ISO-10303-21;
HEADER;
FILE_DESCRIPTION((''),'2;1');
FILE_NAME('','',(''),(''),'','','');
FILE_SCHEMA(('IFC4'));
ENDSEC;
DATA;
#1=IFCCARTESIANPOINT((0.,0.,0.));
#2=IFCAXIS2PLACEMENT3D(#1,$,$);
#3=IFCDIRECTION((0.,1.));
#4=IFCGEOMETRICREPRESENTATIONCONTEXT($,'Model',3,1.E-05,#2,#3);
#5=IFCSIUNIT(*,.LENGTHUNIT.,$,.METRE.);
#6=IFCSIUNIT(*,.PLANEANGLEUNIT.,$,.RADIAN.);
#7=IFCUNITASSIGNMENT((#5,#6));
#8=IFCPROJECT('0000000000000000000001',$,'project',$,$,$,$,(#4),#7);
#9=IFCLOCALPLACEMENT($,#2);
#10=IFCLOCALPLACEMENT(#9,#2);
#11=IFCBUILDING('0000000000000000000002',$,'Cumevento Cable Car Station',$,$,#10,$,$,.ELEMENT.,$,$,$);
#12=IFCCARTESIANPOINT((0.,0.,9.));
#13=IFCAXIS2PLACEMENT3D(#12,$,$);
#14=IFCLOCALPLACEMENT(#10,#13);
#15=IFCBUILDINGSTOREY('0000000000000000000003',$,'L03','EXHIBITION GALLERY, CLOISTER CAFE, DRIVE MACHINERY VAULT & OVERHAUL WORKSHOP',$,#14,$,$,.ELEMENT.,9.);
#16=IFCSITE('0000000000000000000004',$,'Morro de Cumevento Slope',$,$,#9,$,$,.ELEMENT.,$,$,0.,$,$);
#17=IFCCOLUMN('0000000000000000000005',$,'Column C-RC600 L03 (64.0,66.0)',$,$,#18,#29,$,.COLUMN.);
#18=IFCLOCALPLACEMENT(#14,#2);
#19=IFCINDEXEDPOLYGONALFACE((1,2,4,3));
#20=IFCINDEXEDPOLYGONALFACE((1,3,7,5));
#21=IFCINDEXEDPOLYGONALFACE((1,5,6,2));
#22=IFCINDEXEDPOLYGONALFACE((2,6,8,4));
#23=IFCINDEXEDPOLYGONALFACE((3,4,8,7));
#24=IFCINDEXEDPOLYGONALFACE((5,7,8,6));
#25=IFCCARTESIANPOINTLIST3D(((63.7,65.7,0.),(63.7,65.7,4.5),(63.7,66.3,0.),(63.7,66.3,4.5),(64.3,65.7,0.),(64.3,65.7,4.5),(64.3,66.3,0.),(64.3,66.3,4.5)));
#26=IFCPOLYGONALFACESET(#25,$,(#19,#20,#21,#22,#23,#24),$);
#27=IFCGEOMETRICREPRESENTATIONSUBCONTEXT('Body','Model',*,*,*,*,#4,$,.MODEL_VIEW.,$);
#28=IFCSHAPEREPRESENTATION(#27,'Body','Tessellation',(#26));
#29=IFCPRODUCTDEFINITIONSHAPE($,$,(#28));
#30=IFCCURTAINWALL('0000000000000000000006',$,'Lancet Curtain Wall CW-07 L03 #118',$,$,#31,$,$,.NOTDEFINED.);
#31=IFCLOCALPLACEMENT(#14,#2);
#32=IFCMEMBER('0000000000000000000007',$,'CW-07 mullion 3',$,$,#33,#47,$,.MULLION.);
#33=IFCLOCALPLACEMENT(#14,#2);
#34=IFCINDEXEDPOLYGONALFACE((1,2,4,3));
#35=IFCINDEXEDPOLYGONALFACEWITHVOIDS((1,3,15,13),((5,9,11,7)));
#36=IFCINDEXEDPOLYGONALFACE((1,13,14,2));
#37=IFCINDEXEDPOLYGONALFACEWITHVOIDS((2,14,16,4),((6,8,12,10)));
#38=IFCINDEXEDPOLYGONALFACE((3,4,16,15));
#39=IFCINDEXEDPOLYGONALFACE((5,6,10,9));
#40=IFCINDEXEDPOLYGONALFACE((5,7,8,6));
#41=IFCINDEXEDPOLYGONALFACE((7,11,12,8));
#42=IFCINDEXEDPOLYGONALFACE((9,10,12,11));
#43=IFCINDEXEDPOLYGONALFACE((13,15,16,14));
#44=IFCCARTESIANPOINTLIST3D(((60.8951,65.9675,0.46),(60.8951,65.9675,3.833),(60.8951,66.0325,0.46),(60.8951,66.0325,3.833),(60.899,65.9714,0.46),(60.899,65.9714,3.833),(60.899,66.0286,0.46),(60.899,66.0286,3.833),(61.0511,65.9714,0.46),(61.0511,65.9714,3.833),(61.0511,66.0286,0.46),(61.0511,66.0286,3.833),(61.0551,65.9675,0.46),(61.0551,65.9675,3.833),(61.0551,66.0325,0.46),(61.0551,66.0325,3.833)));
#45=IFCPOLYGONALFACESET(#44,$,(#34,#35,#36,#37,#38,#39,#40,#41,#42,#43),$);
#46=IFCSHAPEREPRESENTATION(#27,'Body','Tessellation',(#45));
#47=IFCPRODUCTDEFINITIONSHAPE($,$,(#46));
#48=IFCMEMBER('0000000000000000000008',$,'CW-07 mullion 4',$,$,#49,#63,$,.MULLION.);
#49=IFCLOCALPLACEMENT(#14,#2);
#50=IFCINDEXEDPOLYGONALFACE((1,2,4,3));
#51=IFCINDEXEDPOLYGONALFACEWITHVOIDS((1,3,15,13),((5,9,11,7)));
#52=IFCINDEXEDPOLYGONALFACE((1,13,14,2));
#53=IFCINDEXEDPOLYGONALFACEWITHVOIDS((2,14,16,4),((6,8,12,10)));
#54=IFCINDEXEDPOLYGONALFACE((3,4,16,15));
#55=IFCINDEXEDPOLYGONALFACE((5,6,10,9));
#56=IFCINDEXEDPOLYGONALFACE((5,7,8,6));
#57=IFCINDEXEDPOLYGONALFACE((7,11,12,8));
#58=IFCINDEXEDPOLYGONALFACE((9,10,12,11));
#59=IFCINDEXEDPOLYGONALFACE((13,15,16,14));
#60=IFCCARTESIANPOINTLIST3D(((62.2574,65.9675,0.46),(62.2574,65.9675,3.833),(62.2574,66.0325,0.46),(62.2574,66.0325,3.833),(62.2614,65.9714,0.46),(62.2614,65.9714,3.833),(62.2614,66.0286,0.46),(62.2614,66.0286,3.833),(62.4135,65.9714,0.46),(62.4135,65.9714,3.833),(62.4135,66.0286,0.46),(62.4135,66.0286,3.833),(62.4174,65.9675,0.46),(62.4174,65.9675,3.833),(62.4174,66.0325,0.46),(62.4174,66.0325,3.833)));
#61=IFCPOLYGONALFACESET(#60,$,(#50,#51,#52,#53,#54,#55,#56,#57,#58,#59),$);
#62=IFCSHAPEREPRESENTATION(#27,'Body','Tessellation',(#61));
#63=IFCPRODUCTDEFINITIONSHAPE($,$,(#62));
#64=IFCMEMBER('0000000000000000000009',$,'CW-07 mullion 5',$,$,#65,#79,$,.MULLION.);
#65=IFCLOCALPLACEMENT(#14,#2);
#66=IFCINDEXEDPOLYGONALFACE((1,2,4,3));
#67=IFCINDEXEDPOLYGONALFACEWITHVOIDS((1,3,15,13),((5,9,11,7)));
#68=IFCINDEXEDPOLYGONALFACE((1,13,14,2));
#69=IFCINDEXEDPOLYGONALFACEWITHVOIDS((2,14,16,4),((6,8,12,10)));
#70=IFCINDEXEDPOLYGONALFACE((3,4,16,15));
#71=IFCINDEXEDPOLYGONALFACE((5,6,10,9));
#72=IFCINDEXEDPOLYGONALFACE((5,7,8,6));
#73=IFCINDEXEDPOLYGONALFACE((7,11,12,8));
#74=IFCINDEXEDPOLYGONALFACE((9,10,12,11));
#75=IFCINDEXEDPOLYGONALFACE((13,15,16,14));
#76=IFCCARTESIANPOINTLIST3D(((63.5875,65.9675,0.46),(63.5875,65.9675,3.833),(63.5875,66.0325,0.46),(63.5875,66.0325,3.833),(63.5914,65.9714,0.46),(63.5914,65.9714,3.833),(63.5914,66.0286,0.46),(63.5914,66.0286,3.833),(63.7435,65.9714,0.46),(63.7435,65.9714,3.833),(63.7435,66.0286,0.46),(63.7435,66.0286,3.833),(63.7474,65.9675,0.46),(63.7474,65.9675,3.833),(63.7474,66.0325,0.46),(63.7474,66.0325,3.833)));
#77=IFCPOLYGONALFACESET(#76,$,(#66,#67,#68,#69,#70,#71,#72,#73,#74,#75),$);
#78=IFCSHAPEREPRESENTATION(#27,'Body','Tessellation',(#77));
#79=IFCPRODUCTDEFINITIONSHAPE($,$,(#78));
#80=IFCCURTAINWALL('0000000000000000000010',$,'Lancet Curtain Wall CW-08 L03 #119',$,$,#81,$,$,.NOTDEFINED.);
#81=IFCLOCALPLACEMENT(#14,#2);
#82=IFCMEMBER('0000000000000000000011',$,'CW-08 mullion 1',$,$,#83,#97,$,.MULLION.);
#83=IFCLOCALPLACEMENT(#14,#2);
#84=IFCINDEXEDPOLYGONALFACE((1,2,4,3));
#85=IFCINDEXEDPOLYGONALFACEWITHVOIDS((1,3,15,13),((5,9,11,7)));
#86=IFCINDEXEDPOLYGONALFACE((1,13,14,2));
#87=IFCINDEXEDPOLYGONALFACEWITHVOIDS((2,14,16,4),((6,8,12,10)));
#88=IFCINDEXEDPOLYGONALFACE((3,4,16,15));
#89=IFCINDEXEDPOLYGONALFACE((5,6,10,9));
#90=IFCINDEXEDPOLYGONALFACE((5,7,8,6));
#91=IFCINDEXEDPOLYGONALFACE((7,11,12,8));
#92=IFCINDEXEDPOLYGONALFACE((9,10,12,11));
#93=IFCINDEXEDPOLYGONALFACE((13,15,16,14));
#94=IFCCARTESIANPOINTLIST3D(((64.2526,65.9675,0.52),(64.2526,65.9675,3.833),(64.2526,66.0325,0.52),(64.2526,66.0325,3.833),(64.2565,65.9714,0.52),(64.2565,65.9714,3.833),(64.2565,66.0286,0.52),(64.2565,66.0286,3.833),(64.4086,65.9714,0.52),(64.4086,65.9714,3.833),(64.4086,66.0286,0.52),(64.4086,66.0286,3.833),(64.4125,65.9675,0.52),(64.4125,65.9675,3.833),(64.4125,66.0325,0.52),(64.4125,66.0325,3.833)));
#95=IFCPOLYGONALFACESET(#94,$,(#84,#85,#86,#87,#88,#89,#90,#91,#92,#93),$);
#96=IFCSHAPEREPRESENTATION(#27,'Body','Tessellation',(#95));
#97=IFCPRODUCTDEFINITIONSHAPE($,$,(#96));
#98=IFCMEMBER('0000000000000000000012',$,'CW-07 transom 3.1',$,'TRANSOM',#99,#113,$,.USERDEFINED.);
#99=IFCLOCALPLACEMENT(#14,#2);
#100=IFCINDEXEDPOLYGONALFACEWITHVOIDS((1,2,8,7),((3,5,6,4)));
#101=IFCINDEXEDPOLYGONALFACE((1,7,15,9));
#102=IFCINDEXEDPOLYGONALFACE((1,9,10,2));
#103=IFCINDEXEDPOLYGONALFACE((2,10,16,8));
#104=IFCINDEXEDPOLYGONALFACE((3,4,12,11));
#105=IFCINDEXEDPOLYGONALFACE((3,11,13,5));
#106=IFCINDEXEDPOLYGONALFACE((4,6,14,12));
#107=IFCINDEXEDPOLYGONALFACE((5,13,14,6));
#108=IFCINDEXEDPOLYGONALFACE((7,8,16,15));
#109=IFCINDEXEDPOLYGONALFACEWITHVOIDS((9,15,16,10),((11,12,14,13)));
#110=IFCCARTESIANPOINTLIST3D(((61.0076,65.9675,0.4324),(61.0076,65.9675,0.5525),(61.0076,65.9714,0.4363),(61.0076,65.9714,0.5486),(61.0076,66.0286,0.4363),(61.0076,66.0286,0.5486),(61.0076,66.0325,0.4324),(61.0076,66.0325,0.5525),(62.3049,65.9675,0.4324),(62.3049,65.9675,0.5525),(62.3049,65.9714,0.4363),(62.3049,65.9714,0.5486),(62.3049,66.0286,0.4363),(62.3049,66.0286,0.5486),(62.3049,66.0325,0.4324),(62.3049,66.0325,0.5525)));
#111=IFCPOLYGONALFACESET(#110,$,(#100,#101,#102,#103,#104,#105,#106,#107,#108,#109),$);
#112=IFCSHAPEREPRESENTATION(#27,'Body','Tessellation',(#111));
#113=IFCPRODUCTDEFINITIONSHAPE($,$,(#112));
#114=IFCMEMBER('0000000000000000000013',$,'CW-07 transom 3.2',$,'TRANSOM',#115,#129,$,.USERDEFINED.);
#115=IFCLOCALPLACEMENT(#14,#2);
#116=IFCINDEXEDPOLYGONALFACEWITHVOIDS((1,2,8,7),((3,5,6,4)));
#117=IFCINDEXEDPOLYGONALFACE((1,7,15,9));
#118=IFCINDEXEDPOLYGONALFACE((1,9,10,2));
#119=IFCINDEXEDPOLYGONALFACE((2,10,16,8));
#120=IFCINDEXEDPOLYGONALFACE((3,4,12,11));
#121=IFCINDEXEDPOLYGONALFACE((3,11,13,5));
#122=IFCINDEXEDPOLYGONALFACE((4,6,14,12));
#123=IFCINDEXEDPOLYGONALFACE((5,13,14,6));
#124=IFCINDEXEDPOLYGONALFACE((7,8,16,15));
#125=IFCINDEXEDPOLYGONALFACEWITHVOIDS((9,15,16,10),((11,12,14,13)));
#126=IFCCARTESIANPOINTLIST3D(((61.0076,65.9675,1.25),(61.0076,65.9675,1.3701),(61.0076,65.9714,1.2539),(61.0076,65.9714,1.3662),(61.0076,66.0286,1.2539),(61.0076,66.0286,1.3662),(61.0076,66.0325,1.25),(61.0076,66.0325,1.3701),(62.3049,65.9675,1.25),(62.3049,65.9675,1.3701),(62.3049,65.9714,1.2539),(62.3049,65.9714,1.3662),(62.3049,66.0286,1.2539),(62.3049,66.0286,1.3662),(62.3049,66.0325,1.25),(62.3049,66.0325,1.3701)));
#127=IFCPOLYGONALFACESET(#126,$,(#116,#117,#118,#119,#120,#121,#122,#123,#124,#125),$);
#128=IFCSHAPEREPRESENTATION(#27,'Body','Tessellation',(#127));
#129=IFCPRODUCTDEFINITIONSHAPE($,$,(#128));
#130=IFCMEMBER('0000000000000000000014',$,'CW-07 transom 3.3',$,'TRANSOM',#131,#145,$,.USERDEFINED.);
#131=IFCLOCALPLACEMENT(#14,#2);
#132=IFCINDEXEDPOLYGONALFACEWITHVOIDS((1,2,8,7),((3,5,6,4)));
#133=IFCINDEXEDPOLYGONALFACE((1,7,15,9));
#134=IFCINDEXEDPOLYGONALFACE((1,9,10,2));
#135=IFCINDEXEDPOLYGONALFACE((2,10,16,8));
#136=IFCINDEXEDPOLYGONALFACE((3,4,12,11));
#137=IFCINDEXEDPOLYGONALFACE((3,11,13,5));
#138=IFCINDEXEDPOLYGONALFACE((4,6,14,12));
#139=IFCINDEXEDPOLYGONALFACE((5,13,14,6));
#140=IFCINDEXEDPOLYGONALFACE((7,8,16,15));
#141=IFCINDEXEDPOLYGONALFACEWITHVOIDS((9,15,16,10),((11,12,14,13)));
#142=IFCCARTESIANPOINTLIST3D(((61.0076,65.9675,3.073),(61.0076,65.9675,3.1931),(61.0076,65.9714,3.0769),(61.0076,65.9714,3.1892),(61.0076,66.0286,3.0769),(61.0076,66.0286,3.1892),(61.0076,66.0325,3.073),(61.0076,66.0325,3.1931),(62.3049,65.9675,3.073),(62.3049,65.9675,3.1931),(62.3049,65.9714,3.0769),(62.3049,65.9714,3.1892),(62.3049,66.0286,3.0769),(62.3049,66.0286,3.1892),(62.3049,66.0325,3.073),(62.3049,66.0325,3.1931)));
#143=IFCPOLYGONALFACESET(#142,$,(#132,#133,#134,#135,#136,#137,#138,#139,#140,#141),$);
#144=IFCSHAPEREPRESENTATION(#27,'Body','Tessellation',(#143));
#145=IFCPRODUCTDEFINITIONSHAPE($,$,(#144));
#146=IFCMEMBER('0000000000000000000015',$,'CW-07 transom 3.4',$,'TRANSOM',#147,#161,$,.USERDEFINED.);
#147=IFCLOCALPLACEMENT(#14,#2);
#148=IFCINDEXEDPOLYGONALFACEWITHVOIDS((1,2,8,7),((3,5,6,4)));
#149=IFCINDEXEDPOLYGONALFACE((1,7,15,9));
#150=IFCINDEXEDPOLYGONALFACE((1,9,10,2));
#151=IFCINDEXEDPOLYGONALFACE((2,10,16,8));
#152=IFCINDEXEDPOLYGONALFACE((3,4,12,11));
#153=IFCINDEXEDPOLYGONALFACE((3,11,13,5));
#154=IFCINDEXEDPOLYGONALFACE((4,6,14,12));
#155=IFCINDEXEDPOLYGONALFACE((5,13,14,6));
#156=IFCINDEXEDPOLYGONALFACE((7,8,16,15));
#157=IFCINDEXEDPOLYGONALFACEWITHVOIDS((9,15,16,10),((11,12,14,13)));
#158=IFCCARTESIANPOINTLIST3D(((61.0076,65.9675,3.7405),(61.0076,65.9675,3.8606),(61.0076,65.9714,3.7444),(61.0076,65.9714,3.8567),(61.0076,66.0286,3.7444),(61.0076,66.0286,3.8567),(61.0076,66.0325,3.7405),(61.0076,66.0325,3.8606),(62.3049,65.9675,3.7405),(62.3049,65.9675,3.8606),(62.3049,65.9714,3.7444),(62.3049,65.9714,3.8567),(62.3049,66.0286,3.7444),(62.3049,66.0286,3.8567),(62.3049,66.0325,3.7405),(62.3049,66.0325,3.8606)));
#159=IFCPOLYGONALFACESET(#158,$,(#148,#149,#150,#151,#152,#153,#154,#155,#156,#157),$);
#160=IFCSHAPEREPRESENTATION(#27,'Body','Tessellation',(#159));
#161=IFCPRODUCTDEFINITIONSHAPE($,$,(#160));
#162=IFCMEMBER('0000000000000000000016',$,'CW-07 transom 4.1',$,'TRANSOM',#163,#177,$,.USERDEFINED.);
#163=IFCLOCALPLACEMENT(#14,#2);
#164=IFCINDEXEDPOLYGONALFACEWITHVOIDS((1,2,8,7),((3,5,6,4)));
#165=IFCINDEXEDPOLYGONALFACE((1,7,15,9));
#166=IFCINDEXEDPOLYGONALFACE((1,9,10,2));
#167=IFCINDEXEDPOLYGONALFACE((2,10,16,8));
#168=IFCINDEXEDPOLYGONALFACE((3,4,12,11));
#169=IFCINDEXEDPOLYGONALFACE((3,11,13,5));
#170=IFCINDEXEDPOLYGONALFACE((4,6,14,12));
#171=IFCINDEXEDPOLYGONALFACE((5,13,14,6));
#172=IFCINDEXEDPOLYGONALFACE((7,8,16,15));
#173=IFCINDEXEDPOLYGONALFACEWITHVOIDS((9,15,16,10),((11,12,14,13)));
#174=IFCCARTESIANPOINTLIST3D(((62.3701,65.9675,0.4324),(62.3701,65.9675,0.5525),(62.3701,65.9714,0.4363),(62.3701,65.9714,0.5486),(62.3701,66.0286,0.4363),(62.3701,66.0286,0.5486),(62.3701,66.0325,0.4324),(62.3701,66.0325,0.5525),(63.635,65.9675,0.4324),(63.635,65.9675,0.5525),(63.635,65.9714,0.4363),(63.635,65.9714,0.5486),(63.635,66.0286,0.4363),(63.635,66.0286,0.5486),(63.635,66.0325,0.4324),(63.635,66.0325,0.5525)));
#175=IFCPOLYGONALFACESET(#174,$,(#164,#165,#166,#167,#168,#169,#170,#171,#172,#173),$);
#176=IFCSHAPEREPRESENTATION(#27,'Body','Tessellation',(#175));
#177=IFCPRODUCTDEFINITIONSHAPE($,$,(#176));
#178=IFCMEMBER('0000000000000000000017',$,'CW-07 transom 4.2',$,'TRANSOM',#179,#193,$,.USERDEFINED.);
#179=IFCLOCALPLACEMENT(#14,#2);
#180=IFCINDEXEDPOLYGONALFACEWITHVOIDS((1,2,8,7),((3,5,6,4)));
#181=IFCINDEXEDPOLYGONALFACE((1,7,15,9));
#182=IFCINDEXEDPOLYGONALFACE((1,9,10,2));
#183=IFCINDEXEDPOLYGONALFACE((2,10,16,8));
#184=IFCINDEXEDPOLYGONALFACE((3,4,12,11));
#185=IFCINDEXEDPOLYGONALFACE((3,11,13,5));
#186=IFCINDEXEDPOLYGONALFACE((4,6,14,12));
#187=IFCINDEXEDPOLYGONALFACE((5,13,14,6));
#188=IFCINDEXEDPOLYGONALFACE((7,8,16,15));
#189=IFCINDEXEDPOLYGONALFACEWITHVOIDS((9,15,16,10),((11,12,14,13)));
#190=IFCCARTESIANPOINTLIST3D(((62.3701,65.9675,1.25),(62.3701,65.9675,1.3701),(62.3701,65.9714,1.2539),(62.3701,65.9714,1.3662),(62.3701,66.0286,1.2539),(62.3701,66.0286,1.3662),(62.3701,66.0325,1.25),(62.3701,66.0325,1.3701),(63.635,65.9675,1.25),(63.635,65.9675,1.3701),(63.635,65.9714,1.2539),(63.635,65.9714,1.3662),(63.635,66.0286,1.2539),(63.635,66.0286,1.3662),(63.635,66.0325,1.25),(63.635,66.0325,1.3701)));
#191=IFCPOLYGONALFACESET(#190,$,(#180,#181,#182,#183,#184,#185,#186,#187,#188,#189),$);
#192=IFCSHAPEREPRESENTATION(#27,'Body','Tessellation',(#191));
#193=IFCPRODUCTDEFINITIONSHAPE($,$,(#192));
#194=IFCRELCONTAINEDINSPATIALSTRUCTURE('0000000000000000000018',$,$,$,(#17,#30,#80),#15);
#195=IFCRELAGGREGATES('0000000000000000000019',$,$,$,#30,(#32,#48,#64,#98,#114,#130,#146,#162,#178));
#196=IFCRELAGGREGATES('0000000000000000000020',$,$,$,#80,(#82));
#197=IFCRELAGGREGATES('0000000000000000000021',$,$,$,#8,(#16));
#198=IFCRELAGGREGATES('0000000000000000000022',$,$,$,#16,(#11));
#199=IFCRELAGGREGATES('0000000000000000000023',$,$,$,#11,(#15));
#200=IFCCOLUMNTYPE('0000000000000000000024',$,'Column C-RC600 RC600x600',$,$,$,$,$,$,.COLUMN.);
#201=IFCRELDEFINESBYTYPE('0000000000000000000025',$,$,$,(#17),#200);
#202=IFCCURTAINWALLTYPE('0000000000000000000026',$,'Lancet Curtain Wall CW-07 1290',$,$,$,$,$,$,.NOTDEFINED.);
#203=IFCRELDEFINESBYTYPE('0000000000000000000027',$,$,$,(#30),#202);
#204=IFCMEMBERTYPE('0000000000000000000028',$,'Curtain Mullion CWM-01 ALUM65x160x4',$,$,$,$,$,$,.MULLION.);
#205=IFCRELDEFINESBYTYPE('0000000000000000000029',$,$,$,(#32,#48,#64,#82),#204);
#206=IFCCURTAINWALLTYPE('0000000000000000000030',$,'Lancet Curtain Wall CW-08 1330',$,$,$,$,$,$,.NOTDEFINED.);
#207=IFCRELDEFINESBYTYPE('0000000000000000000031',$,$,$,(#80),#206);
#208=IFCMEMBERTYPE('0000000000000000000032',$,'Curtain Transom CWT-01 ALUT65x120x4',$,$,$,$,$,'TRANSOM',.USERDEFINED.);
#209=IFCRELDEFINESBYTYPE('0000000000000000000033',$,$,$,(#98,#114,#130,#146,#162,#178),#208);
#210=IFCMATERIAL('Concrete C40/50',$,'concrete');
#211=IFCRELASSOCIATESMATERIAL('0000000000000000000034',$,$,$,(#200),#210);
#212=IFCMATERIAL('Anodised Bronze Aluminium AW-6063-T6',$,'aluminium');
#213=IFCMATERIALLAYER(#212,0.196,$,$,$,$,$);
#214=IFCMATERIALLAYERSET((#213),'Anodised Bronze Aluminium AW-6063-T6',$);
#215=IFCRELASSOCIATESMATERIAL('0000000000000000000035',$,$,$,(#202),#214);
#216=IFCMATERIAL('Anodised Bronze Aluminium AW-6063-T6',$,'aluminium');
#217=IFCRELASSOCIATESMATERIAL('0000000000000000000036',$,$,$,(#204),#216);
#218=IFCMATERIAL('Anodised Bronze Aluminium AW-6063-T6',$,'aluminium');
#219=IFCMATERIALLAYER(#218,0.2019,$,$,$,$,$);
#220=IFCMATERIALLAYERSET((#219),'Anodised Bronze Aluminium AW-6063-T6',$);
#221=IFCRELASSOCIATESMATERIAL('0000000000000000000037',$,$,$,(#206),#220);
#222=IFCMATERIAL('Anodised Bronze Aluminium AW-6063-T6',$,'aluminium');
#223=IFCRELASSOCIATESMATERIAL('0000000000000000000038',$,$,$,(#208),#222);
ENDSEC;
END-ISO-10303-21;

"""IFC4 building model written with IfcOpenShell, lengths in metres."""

from ifc_helpers import new_model, si_unit, direction, frame, origin, origin_2d, place, context, subcontext, project, spatial, rectangle, hollow_rectangle, extrude, material, layer, layer_set, material_profile, profile_set, type_object, element, aggregate, save


model = new_model("IFC4")

# Units and contexts
model_context = context("Model", 3, precision=1e-05, world=origin(), true_north=direction((0.0, 1.0)))
body_context = subcontext(model_context, "Body", "Model", "MODEL_VIEW")
ifc_project = project(units=[si_unit("LENGTHUNIT", "METRE"), si_unit("PLANEANGLEUNIT", "RADIAN")], contexts=[model_context])

# Site, building, storey
site_placement = place(None, origin())
site = spatial("IfcSite", under=ifc_project, at=site_placement, Name="Morro de Cumevento Slope", CompositionType="ELEMENT", RefElevation=0.0)
building_placement = place(site_placement, origin())
building = spatial("IfcBuilding", under=site, at=building_placement, Name="Cumevento Cable Car Station", CompositionType="ELEMENT")
storey_placement = place(building_placement, frame((0.0, 0.0, 9.0)))
storey = spatial("IfcBuildingStorey", under=building, at=storey_placement, Name="L03", Description="EXHIBITION GALLERY, CLOISTER CAFE, DRIVE MACHINERY VAULT & OVERHAUL WORKSHOP", CompositionType="ELEMENT", Elevation=9.0)

# Column
ifc_material_1 = material(Name="Concrete C40/50", Category="concrete")
ifc_material_profile_1 = material_profile(ifc_material_1, rectangle(XDim=0.6001, YDim=0.6001, at=origin_2d()), Name="RC600x600")
ifc_profile_set_1 = profile_set([ifc_material_profile_1], Name="Concrete C40/50")
column_type = type_object("IfcColumnType", Name="Column C-RC600 RC600x600", PredefinedType="COLUMN", material=ifc_profile_set_1)
column_placement = place(storey_placement, frame((64.0, 66.0, 0.0), z_axis=(0.0, 0.0, 1.0), x_axis=(1.0, 0.0, 0.0)))
element("IfcColumn", 1, at=column_placement, inside=storey, type_object=column_type, Name="Column C-RC600 L03 (64.0,66.0)", PredefinedType="COLUMN", context=body_context, shape_type="SweptSolid", body=[
    extrude(rectangle(XDim=0.6001, YDim=0.6001, at=origin_2d()), origin(), (0.0, 0.0, 1.0), 4.5),
])

# Curtain wall, members
ifc_material_2 = material(Name="Anodised Bronze Aluminium AW-6063-T6", Category="aluminium")
ifc_layer_1 = layer(ifc_material_2, 0.196)
ifc_layer_set_1 = layer_set([ifc_layer_1], Name="Anodised Bronze Aluminium AW-6063-T6")
curtain_wall_type_1 = type_object("IfcCurtainWallType", Name="Lancet Curtain Wall CW-07 1290", PredefinedType="NOTDEFINED", material=ifc_layer_set_1)
curtain_wall_1_placement = place(storey_placement, origin())
curtain_wall_1 = element("IfcCurtainWall", 2, at=curtain_wall_1_placement, inside=storey, type_object=curtain_wall_type_1, Name="Lancet Curtain Wall CW-07 L03 #118", PredefinedType="NOTDEFINED")
ifc_material_3 = material(Name="Anodised Bronze Aluminium AW-6063-T6", Category="aluminium")
ifc_material_profile_2 = material_profile(ifc_material_3, hollow_rectangle(XDim=0.0649, YDim=0.1599, WallThickness=0.0039, at=origin_2d()), Name="ALUM65x160x4")
ifc_profile_set_2 = profile_set([ifc_material_profile_2], Name="Anodised Bronze Aluminium AW-6063-T6")
member_type_1 = type_object("IfcMemberType", Name="Curtain Mullion CWM-01 ALUM65x160x4", PredefinedType="MULLION", material=ifc_profile_set_2)
member_1_placement = place(storey_placement, frame((60.9751, 66.0, 0.46), z_axis=(0.0, 0.0, 1.0), x_axis=(0.0, 1.0, 0.0)))
member_1 = element("IfcMember", 3, at=member_1_placement, type_object=member_type_1, Name="CW-07 mullion 3", PredefinedType="MULLION", context=body_context, shape_type="SweptSolid", body=[
    extrude(hollow_rectangle(XDim=0.0649, YDim=0.1599, WallThickness=0.0039, at=origin_2d()), origin(), (0.0, 0.0, 1.0), 3.373),
])
member_2_placement = place(storey_placement, frame((62.3374, 66.0, 0.46), z_axis=(0.0, 0.0, 1.0), x_axis=(0.0, 1.0, 0.0)))
member_2 = element("IfcMember", 4, at=member_2_placement, type_object=member_type_1, Name="CW-07 mullion 4", PredefinedType="MULLION", context=body_context, shape_type="SweptSolid", body=[
    extrude(hollow_rectangle(XDim=0.0649, YDim=0.1599, WallThickness=0.0039, at=origin_2d()), origin(), (0.0, 0.0, 1.0), 3.373),
])
member_3_placement = place(storey_placement, frame((63.6675, 66.0, 0.46), z_axis=(0.0, 0.0, 1.0), x_axis=(0.0, 1.0, 0.0)))
member_3 = element("IfcMember", 5, at=member_3_placement, type_object=member_type_1, Name="CW-07 mullion 5", PredefinedType="MULLION", context=body_context, shape_type="SweptSolid", body=[
    extrude(hollow_rectangle(XDim=0.0649, YDim=0.1599, WallThickness=0.0039, at=origin_2d()), origin(), (0.0, 0.0, 1.0), 3.373),
])

# Curtain wall, member
ifc_material_4 = material(Name="Anodised Bronze Aluminium AW-6063-T6", Category="aluminium")
ifc_layer_2 = layer(ifc_material_4, 0.2019)
ifc_layer_set_2 = layer_set([ifc_layer_2], Name="Anodised Bronze Aluminium AW-6063-T6")
curtain_wall_type_2 = type_object("IfcCurtainWallType", Name="Lancet Curtain Wall CW-08 1330", PredefinedType="NOTDEFINED", material=ifc_layer_set_2)
curtain_wall_2_placement = place(storey_placement, origin())
curtain_wall_2 = element("IfcCurtainWall", 6, at=curtain_wall_2_placement, inside=storey, type_object=curtain_wall_type_2, Name="Lancet Curtain Wall CW-08 L03 #119", PredefinedType="NOTDEFINED")
member_4_placement = place(storey_placement, frame((64.3325, 66.0, 0.52), z_axis=(0.0, 0.0, 1.0), x_axis=(0.0, 1.0, 0.0)))
member_4 = element("IfcMember", 7, at=member_4_placement, type_object=member_type_1, Name="CW-08 mullion 1", PredefinedType="MULLION", context=body_context, shape_type="SweptSolid", body=[
    extrude(hollow_rectangle(XDim=0.0649, YDim=0.1599, WallThickness=0.0039, at=origin_2d()), origin(), (0.0, 0.0, 1.0), 3.313),
])

# Members
ifc_material_5 = material(Name="Anodised Bronze Aluminium AW-6063-T6", Category="aluminium")
ifc_material_profile_3 = material_profile(ifc_material_5, hollow_rectangle(XDim=0.0649, YDim=0.1201, WallThickness=0.0039, at=origin_2d()), Name="ALUT65x120x4")
ifc_profile_set_3 = profile_set([ifc_material_profile_3], Name="Anodised Bronze Aluminium AW-6063-T6")
member_type_2 = type_object("IfcMemberType", Name="Curtain Transom CWT-01 ALUT65x120x4", ElementType="TRANSOM", PredefinedType="USERDEFINED", material=ifc_profile_set_3)
member_5_placement = place(storey_placement, frame((61.0076, 66.0, 0.4924), z_axis=(1.0, 0.0, 0.0), x_axis=(0.0, 1.0, 0.0)))
member_5 = element("IfcMember", 8, at=member_5_placement, type_object=member_type_2, Name="CW-07 transom 3.1", ObjectType="TRANSOM", PredefinedType="USERDEFINED", context=body_context, shape_type="SweptSolid", body=[
    extrude(hollow_rectangle(XDim=0.0649, YDim=0.1201, WallThickness=0.0039, at=origin_2d()), origin(), (0.0, 0.0, 1.0), 1.2974),
])
member_6_placement = place(storey_placement, frame((61.0076, 66.0, 1.3101), z_axis=(1.0, 0.0, 0.0), x_axis=(0.0, 1.0, 0.0)))
member_6 = element("IfcMember", 9, at=member_6_placement, type_object=member_type_2, Name="CW-07 transom 3.2", ObjectType="TRANSOM", PredefinedType="USERDEFINED", context=body_context, shape_type="SweptSolid", body=[
    extrude(hollow_rectangle(XDim=0.0649, YDim=0.1201, WallThickness=0.0039, at=origin_2d()), origin(), (0.0, 0.0, 1.0), 1.2974),
])
member_7_placement = place(storey_placement, frame((61.0076, 66.0, 3.1331), z_axis=(1.0, 0.0, 0.0), x_axis=(0.0, 1.0, 0.0)))
member_7 = element("IfcMember", 10, at=member_7_placement, type_object=member_type_2, Name="CW-07 transom 3.3", ObjectType="TRANSOM", PredefinedType="USERDEFINED", context=body_context, shape_type="SweptSolid", body=[
    extrude(hollow_rectangle(XDim=0.0649, YDim=0.1201, WallThickness=0.0039, at=origin_2d()), origin(), (0.0, 0.0, 1.0), 1.2974),
])
member_8_placement = place(storey_placement, frame((61.0076, 66.0, 3.8005), z_axis=(1.0, 0.0, 0.0), x_axis=(0.0, 1.0, 0.0)))
member_8 = element("IfcMember", 11, at=member_8_placement, type_object=member_type_2, Name="CW-07 transom 3.4", ObjectType="TRANSOM", PredefinedType="USERDEFINED", context=body_context, shape_type="SweptSolid", body=[
    extrude(hollow_rectangle(XDim=0.0649, YDim=0.1201, WallThickness=0.0039, at=origin_2d()), origin(), (0.0, 0.0, 1.0), 1.2974),
])
member_9_placement = place(storey_placement, frame((62.3701, 66.0, 0.4924), z_axis=(1.0, 0.0, 0.0), x_axis=(0.0, 1.0, 0.0)))
member_9 = element("IfcMember", 12, at=member_9_placement, type_object=member_type_2, Name="CW-07 transom 4.1", ObjectType="TRANSOM", PredefinedType="USERDEFINED", context=body_context, shape_type="SweptSolid", body=[
    extrude(hollow_rectangle(XDim=0.0649, YDim=0.1201, WallThickness=0.0039, at=origin_2d()), origin(), (0.0, 0.0, 1.0), 1.2649),
])
member_10_placement = place(storey_placement, frame((62.3701, 66.0, 1.3101), z_axis=(1.0, 0.0, 0.0), x_axis=(0.0, 1.0, 0.0)))
member_10 = element("IfcMember", 13, at=member_10_placement, type_object=member_type_2, Name="CW-07 transom 4.2", ObjectType="TRANSOM", PredefinedType="USERDEFINED", context=body_context, shape_type="SweptSolid", body=[
    extrude(hollow_rectangle(XDim=0.0649, YDim=0.1201, WallThickness=0.0039, at=origin_2d()), origin(), (0.0, 0.0, 1.0), 1.2649),
])

aggregate(curtain_wall_1, [member_1, member_2, member_3, member_5, member_6, member_7, member_8, member_9, member_10])
aggregate(curtain_wall_2, [member_4])

save(model, "model.ifc")
